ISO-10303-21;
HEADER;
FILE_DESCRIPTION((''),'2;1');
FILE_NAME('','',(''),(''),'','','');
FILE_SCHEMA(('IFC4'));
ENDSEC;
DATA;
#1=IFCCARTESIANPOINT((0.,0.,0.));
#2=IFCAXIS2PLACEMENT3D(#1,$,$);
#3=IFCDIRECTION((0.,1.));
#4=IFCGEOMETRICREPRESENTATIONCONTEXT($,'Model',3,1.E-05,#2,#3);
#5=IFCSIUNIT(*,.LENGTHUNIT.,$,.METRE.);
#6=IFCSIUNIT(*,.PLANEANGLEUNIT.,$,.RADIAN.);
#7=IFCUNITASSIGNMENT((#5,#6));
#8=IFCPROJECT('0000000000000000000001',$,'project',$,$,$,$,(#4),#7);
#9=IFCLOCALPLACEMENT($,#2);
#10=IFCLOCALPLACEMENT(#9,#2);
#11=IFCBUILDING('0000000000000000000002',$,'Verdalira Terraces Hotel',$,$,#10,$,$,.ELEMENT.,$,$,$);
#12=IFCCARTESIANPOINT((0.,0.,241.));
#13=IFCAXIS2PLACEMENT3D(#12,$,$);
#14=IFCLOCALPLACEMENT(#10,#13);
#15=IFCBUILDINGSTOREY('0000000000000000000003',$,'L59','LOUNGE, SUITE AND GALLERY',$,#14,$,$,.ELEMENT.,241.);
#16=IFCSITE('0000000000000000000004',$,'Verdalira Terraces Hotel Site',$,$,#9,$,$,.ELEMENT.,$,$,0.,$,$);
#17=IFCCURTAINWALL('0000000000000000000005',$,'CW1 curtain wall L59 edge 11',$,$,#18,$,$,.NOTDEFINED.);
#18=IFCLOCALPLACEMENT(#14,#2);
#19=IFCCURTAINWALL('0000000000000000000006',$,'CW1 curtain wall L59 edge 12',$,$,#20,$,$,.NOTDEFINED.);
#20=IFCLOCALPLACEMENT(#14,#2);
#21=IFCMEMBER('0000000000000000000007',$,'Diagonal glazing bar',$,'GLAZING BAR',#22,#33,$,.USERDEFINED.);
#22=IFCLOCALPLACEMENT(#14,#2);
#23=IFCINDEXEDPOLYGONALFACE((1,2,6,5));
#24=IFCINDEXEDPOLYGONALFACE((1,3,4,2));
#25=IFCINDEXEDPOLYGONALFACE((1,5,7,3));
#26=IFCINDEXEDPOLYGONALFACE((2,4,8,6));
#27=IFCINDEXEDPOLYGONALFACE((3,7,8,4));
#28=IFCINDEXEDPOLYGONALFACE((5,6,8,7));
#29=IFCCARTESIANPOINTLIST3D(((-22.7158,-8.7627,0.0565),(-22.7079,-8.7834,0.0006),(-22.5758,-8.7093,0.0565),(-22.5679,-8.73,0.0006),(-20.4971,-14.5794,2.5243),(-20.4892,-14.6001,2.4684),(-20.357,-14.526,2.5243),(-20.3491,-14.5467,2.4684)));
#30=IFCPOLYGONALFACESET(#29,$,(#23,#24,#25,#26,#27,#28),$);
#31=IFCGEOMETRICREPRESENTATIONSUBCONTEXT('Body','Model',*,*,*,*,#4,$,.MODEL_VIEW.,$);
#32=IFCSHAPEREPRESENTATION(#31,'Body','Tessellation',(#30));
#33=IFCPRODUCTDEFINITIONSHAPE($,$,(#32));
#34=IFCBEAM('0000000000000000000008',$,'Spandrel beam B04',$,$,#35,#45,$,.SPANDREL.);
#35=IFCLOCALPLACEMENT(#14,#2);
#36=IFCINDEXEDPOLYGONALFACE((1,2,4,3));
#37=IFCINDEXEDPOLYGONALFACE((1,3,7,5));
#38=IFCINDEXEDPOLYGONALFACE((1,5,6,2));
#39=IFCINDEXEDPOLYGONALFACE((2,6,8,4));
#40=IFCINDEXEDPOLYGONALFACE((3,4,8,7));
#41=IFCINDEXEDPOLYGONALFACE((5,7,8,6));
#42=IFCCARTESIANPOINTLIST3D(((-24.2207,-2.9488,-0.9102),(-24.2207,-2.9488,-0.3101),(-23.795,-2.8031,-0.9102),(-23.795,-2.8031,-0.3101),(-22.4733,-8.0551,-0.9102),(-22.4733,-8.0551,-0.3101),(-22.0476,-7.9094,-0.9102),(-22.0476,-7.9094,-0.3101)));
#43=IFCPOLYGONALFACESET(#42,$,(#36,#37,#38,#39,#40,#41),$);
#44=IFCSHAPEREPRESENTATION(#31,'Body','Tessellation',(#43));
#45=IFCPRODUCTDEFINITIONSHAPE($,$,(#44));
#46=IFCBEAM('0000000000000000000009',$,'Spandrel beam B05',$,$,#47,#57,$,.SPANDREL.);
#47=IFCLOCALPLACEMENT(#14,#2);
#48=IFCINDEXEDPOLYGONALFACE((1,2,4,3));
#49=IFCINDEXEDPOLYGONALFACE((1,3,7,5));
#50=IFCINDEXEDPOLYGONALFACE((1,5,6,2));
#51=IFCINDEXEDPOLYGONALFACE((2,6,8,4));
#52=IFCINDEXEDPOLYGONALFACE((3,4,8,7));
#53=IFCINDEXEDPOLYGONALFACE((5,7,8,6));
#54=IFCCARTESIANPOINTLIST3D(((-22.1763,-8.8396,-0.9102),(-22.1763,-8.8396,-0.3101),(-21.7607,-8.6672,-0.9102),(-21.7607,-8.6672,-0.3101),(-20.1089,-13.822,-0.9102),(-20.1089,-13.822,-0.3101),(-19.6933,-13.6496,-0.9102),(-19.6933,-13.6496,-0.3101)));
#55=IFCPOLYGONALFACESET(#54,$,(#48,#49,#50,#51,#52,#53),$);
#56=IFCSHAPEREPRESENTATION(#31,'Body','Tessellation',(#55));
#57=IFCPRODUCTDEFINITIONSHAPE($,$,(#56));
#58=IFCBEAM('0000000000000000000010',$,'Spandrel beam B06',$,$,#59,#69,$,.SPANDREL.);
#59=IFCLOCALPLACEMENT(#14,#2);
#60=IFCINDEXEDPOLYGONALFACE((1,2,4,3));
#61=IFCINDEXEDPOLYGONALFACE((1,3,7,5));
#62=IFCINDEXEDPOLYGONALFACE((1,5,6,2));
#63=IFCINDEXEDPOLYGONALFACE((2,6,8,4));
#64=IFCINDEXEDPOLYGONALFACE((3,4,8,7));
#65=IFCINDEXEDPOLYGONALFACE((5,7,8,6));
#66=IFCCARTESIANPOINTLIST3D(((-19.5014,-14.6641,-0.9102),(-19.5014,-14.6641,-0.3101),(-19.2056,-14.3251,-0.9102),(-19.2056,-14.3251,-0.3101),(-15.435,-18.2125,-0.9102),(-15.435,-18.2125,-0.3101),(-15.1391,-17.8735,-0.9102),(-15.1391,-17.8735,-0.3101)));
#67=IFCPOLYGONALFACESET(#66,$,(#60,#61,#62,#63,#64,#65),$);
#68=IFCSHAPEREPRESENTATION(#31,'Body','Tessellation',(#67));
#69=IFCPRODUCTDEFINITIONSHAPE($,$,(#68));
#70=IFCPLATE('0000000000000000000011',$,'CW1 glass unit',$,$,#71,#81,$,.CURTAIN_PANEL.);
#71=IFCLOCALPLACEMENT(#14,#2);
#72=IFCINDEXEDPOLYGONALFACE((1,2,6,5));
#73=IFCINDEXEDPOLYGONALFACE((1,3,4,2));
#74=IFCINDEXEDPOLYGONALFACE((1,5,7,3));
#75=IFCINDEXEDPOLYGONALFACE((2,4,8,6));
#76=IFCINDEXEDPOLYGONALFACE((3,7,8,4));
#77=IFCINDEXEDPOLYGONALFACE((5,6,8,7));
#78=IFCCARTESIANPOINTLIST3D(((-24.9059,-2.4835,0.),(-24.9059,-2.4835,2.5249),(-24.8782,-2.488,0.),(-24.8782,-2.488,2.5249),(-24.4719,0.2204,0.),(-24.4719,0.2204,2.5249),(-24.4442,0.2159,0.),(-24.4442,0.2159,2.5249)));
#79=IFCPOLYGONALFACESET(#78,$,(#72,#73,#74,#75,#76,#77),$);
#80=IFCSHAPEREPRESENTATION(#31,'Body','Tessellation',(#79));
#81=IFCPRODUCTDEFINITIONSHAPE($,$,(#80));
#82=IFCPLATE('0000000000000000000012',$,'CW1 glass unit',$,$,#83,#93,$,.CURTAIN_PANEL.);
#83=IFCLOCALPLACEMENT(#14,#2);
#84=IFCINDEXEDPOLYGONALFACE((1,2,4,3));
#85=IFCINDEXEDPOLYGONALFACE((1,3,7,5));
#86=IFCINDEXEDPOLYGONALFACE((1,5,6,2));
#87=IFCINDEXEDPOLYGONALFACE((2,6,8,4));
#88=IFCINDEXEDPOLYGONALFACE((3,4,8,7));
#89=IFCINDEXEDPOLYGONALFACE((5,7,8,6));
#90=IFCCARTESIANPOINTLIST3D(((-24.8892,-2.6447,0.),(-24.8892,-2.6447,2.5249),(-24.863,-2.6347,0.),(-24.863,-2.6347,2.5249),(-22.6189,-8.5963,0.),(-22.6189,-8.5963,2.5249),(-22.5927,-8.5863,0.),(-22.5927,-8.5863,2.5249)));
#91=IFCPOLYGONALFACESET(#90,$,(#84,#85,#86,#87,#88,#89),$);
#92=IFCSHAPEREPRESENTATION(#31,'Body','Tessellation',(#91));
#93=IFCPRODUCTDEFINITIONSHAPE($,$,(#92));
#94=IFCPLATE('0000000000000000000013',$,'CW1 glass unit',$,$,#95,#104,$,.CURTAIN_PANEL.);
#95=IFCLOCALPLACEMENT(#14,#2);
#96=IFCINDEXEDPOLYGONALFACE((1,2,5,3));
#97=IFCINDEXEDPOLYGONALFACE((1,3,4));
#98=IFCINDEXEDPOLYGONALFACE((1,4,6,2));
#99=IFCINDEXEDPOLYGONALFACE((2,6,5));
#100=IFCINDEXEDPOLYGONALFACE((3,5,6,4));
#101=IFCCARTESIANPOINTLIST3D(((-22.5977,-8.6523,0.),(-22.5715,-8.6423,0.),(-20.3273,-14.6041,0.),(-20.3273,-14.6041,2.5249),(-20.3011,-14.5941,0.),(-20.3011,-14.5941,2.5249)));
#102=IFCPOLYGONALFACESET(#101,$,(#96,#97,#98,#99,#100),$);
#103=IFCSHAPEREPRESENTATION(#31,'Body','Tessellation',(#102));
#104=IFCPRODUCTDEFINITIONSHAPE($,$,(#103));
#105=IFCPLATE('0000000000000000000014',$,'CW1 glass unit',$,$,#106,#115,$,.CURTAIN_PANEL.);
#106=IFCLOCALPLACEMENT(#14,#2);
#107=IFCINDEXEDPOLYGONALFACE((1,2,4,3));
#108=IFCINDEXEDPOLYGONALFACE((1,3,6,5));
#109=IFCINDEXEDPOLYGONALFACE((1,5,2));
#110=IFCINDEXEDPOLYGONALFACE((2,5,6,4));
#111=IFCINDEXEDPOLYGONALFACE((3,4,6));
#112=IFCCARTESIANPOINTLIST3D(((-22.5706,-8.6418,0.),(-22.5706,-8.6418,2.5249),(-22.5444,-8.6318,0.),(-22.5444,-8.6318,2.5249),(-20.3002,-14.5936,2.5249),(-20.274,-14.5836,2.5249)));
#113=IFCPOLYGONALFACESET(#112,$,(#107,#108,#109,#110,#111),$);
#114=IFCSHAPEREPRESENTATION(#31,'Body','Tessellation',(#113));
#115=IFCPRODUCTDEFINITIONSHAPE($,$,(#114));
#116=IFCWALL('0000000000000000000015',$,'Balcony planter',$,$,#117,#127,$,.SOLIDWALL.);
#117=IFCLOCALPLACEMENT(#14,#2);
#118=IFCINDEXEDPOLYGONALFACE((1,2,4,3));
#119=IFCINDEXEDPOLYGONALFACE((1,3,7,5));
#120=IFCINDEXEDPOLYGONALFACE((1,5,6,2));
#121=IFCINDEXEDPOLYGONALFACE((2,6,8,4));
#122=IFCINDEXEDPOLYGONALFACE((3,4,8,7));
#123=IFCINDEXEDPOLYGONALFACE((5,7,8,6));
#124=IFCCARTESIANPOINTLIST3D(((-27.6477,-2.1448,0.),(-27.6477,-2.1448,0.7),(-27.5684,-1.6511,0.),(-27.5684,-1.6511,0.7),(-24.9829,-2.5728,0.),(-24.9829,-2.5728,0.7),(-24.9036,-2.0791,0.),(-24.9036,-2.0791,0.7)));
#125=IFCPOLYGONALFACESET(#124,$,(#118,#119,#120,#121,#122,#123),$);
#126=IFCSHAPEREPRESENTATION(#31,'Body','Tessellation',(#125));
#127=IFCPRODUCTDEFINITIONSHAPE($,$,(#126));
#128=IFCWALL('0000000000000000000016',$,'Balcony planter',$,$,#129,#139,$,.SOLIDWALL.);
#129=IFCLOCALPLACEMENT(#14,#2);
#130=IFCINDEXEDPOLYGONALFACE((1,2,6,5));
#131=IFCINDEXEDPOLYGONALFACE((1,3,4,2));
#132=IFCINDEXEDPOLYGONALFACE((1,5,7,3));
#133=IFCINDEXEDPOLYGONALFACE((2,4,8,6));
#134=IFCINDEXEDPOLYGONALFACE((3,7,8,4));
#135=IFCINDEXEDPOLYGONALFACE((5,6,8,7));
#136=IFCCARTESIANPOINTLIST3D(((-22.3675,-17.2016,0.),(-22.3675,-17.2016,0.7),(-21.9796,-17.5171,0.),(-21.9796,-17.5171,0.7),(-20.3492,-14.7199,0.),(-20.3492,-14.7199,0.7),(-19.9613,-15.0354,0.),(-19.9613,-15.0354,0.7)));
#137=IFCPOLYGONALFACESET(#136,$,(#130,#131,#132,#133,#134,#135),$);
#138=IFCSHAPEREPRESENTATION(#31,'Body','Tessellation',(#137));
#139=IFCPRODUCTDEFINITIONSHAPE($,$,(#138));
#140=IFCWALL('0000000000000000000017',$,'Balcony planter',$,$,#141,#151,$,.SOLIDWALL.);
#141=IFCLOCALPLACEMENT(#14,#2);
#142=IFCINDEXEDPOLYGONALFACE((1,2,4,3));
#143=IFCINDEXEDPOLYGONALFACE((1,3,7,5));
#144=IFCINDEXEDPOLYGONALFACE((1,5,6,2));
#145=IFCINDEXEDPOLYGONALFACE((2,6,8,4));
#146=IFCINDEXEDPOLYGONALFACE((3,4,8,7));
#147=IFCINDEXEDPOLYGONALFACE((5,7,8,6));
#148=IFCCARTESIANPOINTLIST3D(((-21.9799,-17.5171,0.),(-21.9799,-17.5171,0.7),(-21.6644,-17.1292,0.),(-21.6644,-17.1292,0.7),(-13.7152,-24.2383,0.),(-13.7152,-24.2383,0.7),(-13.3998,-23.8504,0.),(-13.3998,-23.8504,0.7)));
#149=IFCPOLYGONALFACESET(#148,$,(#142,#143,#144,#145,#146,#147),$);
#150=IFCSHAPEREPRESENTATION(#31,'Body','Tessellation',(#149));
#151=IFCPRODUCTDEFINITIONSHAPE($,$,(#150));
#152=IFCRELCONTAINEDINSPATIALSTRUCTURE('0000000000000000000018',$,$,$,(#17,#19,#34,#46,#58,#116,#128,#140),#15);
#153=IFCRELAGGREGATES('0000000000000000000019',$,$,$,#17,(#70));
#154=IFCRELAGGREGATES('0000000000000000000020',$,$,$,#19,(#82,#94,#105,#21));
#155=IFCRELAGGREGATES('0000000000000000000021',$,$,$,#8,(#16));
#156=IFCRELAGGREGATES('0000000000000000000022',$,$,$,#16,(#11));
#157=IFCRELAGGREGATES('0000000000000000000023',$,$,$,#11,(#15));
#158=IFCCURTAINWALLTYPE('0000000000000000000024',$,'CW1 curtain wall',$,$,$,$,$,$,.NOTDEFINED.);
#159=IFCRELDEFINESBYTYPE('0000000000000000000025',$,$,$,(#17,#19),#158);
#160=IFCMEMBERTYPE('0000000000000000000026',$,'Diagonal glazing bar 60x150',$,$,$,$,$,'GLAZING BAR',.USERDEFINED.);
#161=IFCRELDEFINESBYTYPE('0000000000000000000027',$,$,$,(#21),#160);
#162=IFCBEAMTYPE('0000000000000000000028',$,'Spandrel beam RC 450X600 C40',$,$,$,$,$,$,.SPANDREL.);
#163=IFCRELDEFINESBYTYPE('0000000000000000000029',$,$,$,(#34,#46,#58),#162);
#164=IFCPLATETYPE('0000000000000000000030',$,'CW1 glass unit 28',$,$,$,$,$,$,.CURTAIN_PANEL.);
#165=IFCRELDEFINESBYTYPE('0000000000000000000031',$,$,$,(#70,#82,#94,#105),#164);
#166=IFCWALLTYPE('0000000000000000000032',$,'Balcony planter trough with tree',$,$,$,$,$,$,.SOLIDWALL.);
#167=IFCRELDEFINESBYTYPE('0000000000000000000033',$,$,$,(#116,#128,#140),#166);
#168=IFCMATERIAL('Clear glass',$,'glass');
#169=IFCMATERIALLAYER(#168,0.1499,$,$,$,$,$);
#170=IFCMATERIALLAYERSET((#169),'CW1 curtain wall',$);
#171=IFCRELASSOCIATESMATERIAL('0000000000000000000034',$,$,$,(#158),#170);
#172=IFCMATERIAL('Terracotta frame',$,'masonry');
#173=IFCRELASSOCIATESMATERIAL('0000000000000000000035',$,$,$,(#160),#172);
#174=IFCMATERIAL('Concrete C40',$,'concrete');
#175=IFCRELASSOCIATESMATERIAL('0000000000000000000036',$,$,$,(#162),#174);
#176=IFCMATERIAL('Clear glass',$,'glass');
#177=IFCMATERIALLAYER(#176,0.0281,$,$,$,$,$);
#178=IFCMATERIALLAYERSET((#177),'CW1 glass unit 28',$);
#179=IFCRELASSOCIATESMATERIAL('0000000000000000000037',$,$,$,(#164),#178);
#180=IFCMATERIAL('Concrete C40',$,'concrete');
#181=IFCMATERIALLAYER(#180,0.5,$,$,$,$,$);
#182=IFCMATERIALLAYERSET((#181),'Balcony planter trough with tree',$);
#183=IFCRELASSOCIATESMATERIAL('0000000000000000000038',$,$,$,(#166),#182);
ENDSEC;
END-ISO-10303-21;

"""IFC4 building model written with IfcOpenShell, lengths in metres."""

from ifc_helpers import new_model, si_unit, direction, frame, frame_2d, origin, origin_2d, place, context, subcontext, project, spatial, polyline, rectangle, outline, extrude, material, layer, layer_set, material_profile, profile_set, type_object, element, aggregate, save


model = new_model("IFC4")

# Units and contexts
model_context = context("Model", 3, precision=1e-05, world=origin(), true_north=direction((0.0, 1.0)))
body_context = subcontext(model_context, "Body", "Model", "MODEL_VIEW")
ifc_project = project(units=[si_unit("LENGTHUNIT", "METRE"), si_unit("PLANEANGLEUNIT", "RADIAN")], contexts=[model_context])

# Site, building, storey
site_placement = place(None, origin())
site = spatial("IfcSite", under=ifc_project, at=site_placement, Name="Verdalira Terraces Hotel Site", CompositionType="ELEMENT", RefElevation=0.0)
building_placement = place(site_placement, origin())
building = spatial("IfcBuilding", under=site, at=building_placement, Name="Verdalira Terraces Hotel", CompositionType="ELEMENT")
storey_placement = place(building_placement, frame((0.0, 0.0, 241.0)))
storey = spatial("IfcBuildingStorey", under=building, at=storey_placement, Name="L59", Description="LOUNGE, SUITE AND GALLERY", CompositionType="ELEMENT", Elevation=241.0)

# Curtain wall
ifc_material_1 = material(Name="Clear glass", Category="glass")
ifc_layer_1 = layer(ifc_material_1, 0.1499)
ifc_layer_set_1 = layer_set([ifc_layer_1], Name="CW1 curtain wall")
curtain_wall_type = type_object("IfcCurtainWallType", Name="CW1 curtain wall", PredefinedType="NOTDEFINED", material=ifc_layer_set_1)
curtain_wall_1_placement = place(storey_placement, origin())
curtain_wall_1 = element("IfcCurtainWall", 1, at=curtain_wall_1_placement, inside=storey, type_object=curtain_wall_type, Name="CW1 curtain wall L59 edge 11", PredefinedType="NOTDEFINED")

# Curtain wall
curtain_wall_2_placement = place(storey_placement, origin())
curtain_wall_2 = element("IfcCurtainWall", 2, at=curtain_wall_2_placement, inside=storey, type_object=curtain_wall_type, Name="CW1 curtain wall L59 edge 12", PredefinedType="NOTDEFINED")

# Member
ifc_material_2 = material(Name="Terracotta frame", Category="masonry")
ifc_material_profile_1 = material_profile(ifc_material_2, rectangle(XDim=0.1499, YDim=0.0601, at=origin_2d()), Name="GB 60x150")
ifc_profile_set_1 = profile_set([ifc_material_profile_1], Name="Terracotta frame")
member_type_1 = type_object("IfcMemberType", Name="Diagonal glazing bar 60x150", ElementType="GLAZING BAR", PredefinedType="USERDEFINED", material=ifc_profile_set_1)
member_1_placement = place(storey_placement, frame((-22.6418, -8.7463, 0.0286), z_axis=(0.331318, -0.868581, 0.368504), x_axis=(0.934334, 0.3564, 0.0)))
member_1 = element("IfcMember", 3, at=member_1_placement, type_object=member_type_1, Name="Diagonal glazing bar", ObjectType="GLAZING BAR", PredefinedType="USERDEFINED", context=body_context, shape_type="SweptSolid", body=[
    extrude(rectangle(XDim=0.1499, YDim=0.0601, at=origin_2d()), origin(), (0.0, 0.0, 1.0), 6.6968),
])

# Beams
ifc_material_3 = material(Name="Concrete C40", Category="concrete")
ifc_material_profile_2 = material_profile(ifc_material_3, rectangle(XDim=0.45, YDim=0.6001, at=origin_2d()), Name="RC 450X600")
ifc_profile_set_2 = profile_set([ifc_material_profile_2], Name="Concrete C40")
beam_type_1 = type_object("IfcBeamType", Name="Spandrel beam RC 450X600 C40", PredefinedType="SPANDREL", material=ifc_profile_set_2)
beam_1_placement = place(storey_placement, frame((-24.0078, -2.876, -0.6101), z_axis=(0.323763, -0.946138, 0.0), x_axis=(0.946138, 0.323763, 0.0)))
element("IfcBeam", 4, at=beam_1_placement, inside=storey, type_object=beam_type_1, Name="Spandrel beam B04", PredefinedType="SPANDREL", context=body_context, shape_type="SweptSolid", body=[
    extrude(rectangle(XDim=0.45, YDim=0.6001, at=origin_2d()), origin(), (0.0, 0.0, 1.0), 5.397),
])
beam_2_placement = place(storey_placement, frame((-21.9685, -8.7534, -0.6101), z_axis=(0.383252, -0.923644, 0.0), x_axis=(0.923644, 0.383252, 0.0)))
element("IfcBeam", 5, at=beam_2_placement, inside=storey, type_object=beam_type_1, Name="Spandrel beam B05", PredefinedType="SPANDREL", context=body_context, shape_type="SweptSolid", body=[
    extrude(rectangle(XDim=0.45, YDim=0.6001, at=origin_2d()), origin(), (0.0, 0.0, 1.0), 5.3943),
])
beam_3_placement = place(storey_placement, frame((-19.3535, -14.4946, -0.6101), z_axis=(0.753473, -0.657479, 0.0), x_axis=(0.657479, 0.753473, 0.0)))
element("IfcBeam", 6, at=beam_3_placement, inside=storey, type_object=beam_type_1, Name="Spandrel beam B06", PredefinedType="SPANDREL", context=body_context, shape_type="SweptSolid", body=[
    extrude(rectangle(XDim=0.45, YDim=0.6001, at=origin_2d()), origin(), (0.0, 0.0, 1.0), 5.397),
])

# Plates
ifc_material_4 = material(Name="Clear glass", Category="glass")
ifc_layer_2 = layer(ifc_material_4, 0.0281)
ifc_layer_set_2 = layer_set([ifc_layer_2], Name="CW1 glass unit 28")
plate_type = type_object("IfcPlateType", Name="CW1 glass unit 28", PredefinedType="CURTAIN_PANEL", material=ifc_layer_set_2)
plate_1_placement = place(storey_placement, frame((-24.675, -1.1338, 0.0), z_axis=(0.0, 0.0, 1.0), x_axis=(-0.158503, -0.987359, 0.0)))
plate_1 = element("IfcPlate", 7, at=plate_1_placement, type_object=plate_type, Name="CW1 glass unit", PredefinedType="CURTAIN_PANEL", context=body_context, shape_type="SweptSolid", body=[
    extrude(rectangle(XDim=2.7385, YDim=0.0281, at=origin_2d()), origin(), (0.0, 0.0, 1.0), 2.5249),
])
aggregate(curtain_wall_1, [plate_1])
plate_2_placement = place(storey_placement, frame((-23.741, -5.6155, 0.0), z_axis=(0.0, 0.0, 1.0), x_axis=(0.356412, -0.934329, 0.0)))
plate_2 = element("IfcPlate", 8, at=plate_2_placement, type_object=plate_type, Name="CW1 glass unit", PredefinedType="CURTAIN_PANEL", context=body_context, shape_type="SweptSolid", body=[
    extrude(rectangle(XDim=6.3699, YDim=0.0281, at=origin_2d()), origin(), (0.0, 0.0, 1.0), 2.5249),
])
plate_3_placement = place(storey_placement, frame((-21.4363, -11.6182, 1.2625), z_axis=(-0.934329, -0.356412, 0.0), x_axis=(0.356412, -0.934329, 0.0)))
plate_3 = element("IfcPlate", 9, at=plate_3_placement, type_object=plate_type, Name="CW1 glass unit", PredefinedType="CURTAIN_PANEL", context=body_context, shape_type="SweptSolid", body=[
    extrude(outline(polyline([(-3.1851, -1.2625), (3.1851, -1.2625), (3.1851, 1.2625), (-3.1851, -1.2625)])), origin(), (0.0, 0.0, 1.0), 0.0281),
])
plate_4_placement = place(storey_placement, frame((-21.4092, -11.6077, 1.2625), z_axis=(-0.934329, -0.356412, 0.0), x_axis=(0.356412, -0.934329, 0.0)))
plate_4 = element("IfcPlate", 10, at=plate_4_placement, type_object=plate_type, Name="CW1 glass unit", PredefinedType="CURTAIN_PANEL", context=body_context, shape_type="SweptSolid", body=[
    extrude(outline(polyline([(-3.1851, -1.2625), (3.1851, 1.2625), (-3.1851, 1.2625), (-3.1851, -1.2625)])), origin(), (0.0, 0.0, 1.0), 0.0281),
])
aggregate(curtain_wall_2, [plate_2, plate_3, plate_4, member_1])

# Walls
ifc_material_5 = material(Name="Concrete C40", Category="concrete")
ifc_layer_3 = layer(ifc_material_5, 0.5)
ifc_layer_set_3 = layer_set([ifc_layer_3], Name="Balcony planter trough with tree")
wall_type = type_object("IfcWallType", Name="Balcony planter trough with tree", PredefinedType="SOLIDWALL", material=ifc_layer_set_3)
wall_1_placement = place(storey_placement, frame((-27.6082, -1.8979, 0.0), z_axis=(0.0, 0.0, 1.0), x_axis=(0.987347, -0.158573, 0.0)))
element("IfcWall", 11, at=wall_1_placement, inside=storey, type_object=wall_type, Name="Balcony planter", PredefinedType="SOLIDWALL", context=body_context, shape_type="SweptSolid", body=[
    extrude(rectangle(XDim=2.699, YDim=0.5, at=frame_2d((1.3496, 0.0))), origin(), (0.0, 0.0, 1.0), 0.7),
])
wall_2_placement = place(storey_placement, frame((-20.1553, -14.8777, 0.0), z_axis=(0.0, 0.0, 1.0), x_axis=(-0.630957, -0.775817, 0.0)))
element("IfcWall", 12, at=wall_2_placement, inside=storey, type_object=wall_type, Name="Balcony planter", PredefinedType="SOLIDWALL", context=body_context, shape_type="SweptSolid", body=[
    extrude(rectangle(XDim=3.1987, YDim=0.5, at=frame_2d((1.5994, 0.0))), origin(), (0.0, 0.0, 1.0), 0.7),
])
wall_3_placement = place(storey_placement, frame((-21.822, -17.3232, 0.0), z_axis=(0.0, 0.0, 1.0), x_axis=(0.775831, -0.630941, 0.0)))
element("IfcWall", 13, at=wall_3_placement, inside=storey, type_object=wall_type, Name="Balcony planter", PredefinedType="SOLIDWALL", context=body_context, shape_type="SweptSolid", body=[
    extrude(rectangle(XDim=10.6526, YDim=0.5, at=frame_2d((5.3262, 0.0))), origin(), (0.0, 0.0, 1.0), 0.7),
])

save(model, "model.ifc")
